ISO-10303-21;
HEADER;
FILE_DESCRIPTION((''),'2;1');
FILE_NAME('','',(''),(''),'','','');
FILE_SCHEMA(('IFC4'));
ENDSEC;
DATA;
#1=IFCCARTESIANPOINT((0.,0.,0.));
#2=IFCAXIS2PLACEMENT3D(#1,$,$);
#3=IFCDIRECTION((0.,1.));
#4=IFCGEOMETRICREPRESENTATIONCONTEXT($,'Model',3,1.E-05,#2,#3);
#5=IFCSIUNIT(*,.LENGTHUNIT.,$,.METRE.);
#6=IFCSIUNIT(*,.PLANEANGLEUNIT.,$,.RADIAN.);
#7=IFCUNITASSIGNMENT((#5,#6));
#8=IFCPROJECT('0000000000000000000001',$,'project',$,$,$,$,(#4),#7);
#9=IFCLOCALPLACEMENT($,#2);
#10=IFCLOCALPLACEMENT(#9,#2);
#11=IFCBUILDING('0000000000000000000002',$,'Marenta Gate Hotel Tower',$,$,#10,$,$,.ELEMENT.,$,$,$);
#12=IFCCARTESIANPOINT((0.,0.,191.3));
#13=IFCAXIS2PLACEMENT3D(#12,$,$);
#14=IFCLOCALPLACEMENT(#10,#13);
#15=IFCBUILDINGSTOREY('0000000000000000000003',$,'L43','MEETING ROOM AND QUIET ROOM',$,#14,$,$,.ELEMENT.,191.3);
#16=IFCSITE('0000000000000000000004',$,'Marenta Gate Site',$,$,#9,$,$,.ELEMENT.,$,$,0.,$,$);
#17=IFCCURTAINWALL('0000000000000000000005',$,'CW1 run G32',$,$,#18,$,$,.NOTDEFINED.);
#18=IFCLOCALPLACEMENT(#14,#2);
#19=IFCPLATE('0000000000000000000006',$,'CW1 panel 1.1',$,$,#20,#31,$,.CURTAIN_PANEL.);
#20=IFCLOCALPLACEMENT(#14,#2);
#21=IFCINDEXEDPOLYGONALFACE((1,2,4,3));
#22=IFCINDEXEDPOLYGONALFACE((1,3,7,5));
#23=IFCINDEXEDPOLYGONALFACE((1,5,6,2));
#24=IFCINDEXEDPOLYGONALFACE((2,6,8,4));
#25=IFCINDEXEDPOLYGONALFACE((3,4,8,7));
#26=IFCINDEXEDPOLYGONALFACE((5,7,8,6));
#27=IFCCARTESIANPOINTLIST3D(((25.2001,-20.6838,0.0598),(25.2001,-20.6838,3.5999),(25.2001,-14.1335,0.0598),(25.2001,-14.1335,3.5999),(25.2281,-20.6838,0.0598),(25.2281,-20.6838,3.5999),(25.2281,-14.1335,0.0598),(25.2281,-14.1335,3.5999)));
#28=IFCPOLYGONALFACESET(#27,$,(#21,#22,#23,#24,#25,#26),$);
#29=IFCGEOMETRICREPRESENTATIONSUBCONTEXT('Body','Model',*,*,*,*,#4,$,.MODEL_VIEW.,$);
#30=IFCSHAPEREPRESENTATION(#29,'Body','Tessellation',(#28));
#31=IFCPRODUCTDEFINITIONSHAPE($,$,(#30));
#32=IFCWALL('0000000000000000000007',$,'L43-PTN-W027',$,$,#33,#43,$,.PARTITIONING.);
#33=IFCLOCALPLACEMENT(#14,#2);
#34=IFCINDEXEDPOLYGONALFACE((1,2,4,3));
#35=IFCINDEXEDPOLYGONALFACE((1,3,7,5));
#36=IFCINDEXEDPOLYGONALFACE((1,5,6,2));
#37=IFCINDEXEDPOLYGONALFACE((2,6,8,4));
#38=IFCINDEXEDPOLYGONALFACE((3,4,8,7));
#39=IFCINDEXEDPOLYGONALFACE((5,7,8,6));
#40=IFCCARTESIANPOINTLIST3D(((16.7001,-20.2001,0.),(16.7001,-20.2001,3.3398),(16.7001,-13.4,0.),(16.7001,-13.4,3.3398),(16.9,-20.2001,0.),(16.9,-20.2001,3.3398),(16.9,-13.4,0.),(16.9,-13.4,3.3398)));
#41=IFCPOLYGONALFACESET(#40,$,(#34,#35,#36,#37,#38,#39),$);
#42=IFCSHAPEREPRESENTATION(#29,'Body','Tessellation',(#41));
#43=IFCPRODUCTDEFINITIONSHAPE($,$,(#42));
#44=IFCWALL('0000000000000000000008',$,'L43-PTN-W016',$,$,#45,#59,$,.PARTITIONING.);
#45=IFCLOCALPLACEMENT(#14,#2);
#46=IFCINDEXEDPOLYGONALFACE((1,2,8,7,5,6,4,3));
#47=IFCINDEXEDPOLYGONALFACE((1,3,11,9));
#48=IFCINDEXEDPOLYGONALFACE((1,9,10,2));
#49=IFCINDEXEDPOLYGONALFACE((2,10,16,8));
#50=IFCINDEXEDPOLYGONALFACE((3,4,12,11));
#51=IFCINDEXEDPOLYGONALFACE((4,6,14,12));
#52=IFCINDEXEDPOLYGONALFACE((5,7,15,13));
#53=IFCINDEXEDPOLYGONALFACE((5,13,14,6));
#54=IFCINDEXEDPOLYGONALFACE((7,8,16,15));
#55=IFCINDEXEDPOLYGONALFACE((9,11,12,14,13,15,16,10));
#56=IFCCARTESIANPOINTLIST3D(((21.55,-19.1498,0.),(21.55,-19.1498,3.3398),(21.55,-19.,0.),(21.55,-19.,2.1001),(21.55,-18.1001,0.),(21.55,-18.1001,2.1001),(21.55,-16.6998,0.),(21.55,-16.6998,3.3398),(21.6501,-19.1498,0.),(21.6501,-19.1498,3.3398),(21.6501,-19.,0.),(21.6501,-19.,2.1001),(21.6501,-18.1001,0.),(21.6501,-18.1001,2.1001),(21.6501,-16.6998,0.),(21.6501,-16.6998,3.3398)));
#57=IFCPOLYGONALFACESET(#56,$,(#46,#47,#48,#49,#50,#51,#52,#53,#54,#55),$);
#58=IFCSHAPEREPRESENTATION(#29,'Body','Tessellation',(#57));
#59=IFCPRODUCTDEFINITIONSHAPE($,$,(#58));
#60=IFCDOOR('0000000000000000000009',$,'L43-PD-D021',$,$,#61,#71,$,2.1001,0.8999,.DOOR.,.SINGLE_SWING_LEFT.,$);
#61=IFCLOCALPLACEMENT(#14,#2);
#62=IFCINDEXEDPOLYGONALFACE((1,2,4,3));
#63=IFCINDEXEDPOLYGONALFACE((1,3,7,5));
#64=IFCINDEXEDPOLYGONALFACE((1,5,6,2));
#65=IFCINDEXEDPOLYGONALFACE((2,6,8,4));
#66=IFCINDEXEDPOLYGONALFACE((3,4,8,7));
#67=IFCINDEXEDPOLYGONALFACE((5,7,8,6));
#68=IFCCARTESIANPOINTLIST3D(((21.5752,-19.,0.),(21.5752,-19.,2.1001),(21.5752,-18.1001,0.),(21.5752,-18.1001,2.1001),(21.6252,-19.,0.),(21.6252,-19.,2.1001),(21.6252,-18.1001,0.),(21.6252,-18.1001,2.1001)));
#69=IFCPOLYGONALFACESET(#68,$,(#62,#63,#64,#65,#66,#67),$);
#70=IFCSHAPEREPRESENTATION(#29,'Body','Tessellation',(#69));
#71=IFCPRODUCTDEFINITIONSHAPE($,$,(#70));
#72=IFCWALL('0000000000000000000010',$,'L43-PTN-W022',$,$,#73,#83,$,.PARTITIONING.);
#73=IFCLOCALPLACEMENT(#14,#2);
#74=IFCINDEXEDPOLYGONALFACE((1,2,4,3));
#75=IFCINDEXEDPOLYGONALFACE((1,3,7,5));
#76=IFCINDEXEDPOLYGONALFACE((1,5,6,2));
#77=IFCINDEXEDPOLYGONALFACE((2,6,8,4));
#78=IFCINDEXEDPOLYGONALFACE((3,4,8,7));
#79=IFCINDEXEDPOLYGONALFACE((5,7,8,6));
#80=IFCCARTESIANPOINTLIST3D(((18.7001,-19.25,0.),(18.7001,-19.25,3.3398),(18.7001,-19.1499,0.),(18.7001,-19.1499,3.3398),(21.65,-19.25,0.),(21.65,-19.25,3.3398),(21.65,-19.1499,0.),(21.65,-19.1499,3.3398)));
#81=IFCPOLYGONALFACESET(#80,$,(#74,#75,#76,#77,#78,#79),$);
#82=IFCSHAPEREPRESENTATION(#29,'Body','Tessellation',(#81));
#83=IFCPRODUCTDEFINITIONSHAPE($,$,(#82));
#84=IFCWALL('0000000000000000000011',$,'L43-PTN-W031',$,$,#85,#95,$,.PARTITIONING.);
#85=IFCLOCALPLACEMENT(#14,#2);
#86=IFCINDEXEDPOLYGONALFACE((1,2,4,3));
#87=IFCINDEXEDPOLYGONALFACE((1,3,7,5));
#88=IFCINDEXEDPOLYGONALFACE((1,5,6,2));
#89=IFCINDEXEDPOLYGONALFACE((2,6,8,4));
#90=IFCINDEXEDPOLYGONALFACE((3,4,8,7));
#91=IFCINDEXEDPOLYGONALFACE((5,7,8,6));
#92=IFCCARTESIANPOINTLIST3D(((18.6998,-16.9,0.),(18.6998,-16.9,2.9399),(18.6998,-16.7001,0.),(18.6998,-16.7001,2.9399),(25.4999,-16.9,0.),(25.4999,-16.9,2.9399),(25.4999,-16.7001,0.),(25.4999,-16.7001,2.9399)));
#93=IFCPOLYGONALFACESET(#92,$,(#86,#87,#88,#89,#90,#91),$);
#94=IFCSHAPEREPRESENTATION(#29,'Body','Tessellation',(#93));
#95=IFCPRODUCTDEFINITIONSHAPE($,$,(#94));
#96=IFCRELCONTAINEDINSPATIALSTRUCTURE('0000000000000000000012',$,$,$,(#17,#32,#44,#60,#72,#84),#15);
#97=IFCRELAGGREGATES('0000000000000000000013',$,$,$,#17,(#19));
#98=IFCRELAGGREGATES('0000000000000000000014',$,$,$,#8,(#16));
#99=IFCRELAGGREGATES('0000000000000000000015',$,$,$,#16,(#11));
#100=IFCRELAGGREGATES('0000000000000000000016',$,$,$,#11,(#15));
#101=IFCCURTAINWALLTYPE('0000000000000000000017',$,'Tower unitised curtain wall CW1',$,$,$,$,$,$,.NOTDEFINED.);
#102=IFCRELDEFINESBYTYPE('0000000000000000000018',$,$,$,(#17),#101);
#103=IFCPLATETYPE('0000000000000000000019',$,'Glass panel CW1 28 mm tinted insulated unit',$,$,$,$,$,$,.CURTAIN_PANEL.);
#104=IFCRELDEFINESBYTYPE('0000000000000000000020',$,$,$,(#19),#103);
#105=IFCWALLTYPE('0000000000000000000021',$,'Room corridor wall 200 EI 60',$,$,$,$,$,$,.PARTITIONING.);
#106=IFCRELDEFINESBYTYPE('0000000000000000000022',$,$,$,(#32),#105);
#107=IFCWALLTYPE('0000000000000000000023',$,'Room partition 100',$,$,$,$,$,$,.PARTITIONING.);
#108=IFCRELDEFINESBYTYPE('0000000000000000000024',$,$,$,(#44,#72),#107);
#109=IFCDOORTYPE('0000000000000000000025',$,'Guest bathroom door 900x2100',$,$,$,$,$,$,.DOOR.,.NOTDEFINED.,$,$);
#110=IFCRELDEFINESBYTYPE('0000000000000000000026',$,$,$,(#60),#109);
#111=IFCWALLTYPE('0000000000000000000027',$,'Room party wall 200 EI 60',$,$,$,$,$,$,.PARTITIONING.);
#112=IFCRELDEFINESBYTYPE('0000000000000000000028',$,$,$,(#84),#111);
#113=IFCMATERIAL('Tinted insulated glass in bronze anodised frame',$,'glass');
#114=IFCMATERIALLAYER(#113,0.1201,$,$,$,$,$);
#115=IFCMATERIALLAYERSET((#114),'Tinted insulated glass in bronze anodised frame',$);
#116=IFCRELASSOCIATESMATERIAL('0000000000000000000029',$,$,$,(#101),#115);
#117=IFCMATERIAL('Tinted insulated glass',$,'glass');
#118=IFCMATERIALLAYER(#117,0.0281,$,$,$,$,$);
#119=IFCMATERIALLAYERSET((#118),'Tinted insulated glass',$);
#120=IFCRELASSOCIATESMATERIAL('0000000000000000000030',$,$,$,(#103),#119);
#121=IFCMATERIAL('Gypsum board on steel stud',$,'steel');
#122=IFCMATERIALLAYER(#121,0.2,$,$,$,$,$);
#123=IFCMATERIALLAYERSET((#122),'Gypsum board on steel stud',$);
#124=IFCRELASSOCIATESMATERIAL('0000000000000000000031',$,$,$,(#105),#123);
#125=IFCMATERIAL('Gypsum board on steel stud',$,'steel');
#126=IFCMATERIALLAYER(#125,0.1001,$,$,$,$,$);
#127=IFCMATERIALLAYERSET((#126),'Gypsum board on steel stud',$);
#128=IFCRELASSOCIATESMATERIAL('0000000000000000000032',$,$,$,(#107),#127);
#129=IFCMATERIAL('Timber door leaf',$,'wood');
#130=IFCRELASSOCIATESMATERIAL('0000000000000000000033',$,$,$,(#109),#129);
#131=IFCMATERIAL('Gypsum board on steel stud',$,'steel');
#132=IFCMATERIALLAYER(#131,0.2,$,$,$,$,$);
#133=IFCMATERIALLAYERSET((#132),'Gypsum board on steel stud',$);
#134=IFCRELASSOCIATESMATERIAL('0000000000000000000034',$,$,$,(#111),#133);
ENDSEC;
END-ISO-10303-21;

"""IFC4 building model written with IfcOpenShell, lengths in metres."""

from ifc_helpers import new_model, si_unit, direction, frame, frame_2d, origin, origin_2d, place, context, subcontext, project, spatial, rectangle, extrude, material, layer, layer_set, type_object, element, fill, aggregate, save


model = new_model("IFC4")

# Units and contexts
model_context = context("Model", 3, precision=1e-05, world=origin(), true_north=direction((0.0, 1.0)))
body_context = subcontext(model_context, "Body", "Model", "MODEL_VIEW")
ifc_project = project(units=[si_unit("LENGTHUNIT", "METRE"), si_unit("PLANEANGLEUNIT", "RADIAN")], contexts=[model_context])

# Site, building, storey
site_placement = place(None, origin())
site = spatial("IfcSite", under=ifc_project, at=site_placement, Name="Marenta Gate Site", CompositionType="ELEMENT", RefElevation=0.0)
building_placement = place(site_placement, origin())
building = spatial("IfcBuilding", under=site, at=building_placement, Name="Marenta Gate Hotel Tower", CompositionType="ELEMENT")
storey_placement = place(building_placement, frame((0.0, 0.0, 191.3)))
storey = spatial("IfcBuildingStorey", under=building, at=storey_placement, Name="L43", Description="MEETING ROOM AND QUIET ROOM", CompositionType="ELEMENT", Elevation=191.3)

# Shared definitions
ifc_material_1 = material(Name="Tinted insulated glass in bronze anodised frame", Category="glass")
ifc_layer_1 = layer(ifc_material_1, 0.1201)
ifc_layer_set_1 = layer_set([ifc_layer_1], Name="Tinted insulated glass in bronze anodised frame")
curtain_wall_type = type_object("IfcCurtainWallType", Name="Tower unitised curtain wall CW1", PredefinedType="NOTDEFINED", material=ifc_layer_set_1)

# Curtain wall
curtain_wall_1_placement = place(storey_placement, origin())
curtain_wall_1 = element("IfcCurtainWall", 1, at=curtain_wall_1_placement, inside=storey, type_object=curtain_wall_type, Name="CW1 run G32", PredefinedType="NOTDEFINED")

# Plate
ifc_material_2 = material(Name="Tinted insulated glass", Category="glass")
ifc_layer_2 = layer(ifc_material_2, 0.0281)
ifc_layer_set_2 = layer_set([ifc_layer_2], Name="Tinted insulated glass")
plate_type = type_object("IfcPlateType", Name="Glass panel CW1 28 mm tinted insulated unit", PredefinedType="CURTAIN_PANEL", material=ifc_layer_set_2)
plate_1_placement = place(storey_placement, frame((25.2141, -17.4087, 0.0598), z_axis=(0.0, 0.0, 1.0), x_axis=(0.0, 1.0, 0.0)))
plate_1 = element("IfcPlate", 2, at=plate_1_placement, type_object=plate_type, Name="CW1 panel 1.1", PredefinedType="CURTAIN_PANEL", context=body_context, shape_type="SweptSolid", body=[
    extrude(rectangle(XDim=6.5503, YDim=0.0281, at=origin_2d()), origin(), (0.0, 0.0, 1.0), 3.54),
])
aggregate(curtain_wall_1, [plate_1])

# Wall
ifc_material_3 = material(Name="Gypsum board on steel stud", Category="steel")
ifc_layer_3 = layer(ifc_material_3, 0.2)
ifc_layer_set_3 = layer_set([ifc_layer_3], Name="Gypsum board on steel stud")
wall_type_1 = type_object("IfcWallType", Name="Room corridor wall 200 EI 60", PredefinedType="PARTITIONING", material=ifc_layer_set_3)
wall_1_placement = place(storey_placement, frame((16.8, -20.2, 0.0), z_axis=(0.0, 0.0, 1.0), x_axis=(0.0, 1.0, 0.0)))
element("IfcWall", 3, at=wall_1_placement, inside=storey, type_object=wall_type_1, Name="L43-PTN-W027", PredefinedType="PARTITIONING", context=body_context, shape_type="SweptSolid", body=[
    extrude(rectangle(XDim=6.8, YDim=0.2, at=frame_2d((3.3999, 0.0))), origin(), (0.0, 0.0, 1.0), 3.3398),
])

# Wall, opening, door
ifc_material_4 = material(Name="Gypsum board on steel stud", Category="steel")
ifc_layer_4 = layer(ifc_material_4, 0.1001)
ifc_layer_set_4 = layer_set([ifc_layer_4], Name="Gypsum board on steel stud")
wall_type_2 = type_object("IfcWallType", Name="Room partition 100", PredefinedType="PARTITIONING", material=ifc_layer_set_4)
wall_2_placement = place(storey_placement, frame((21.6001, -19.1499, 0.0), z_axis=(0.0, 0.0, 1.0), x_axis=(0.0, 1.0, 0.0)))
wall_2 = element("IfcWall", 4, at=wall_2_placement, inside=storey, type_object=wall_type_2, Name="L43-PTN-W016", PredefinedType="PARTITIONING", context=body_context, shape_type="SweptSolid", body=[
    extrude(rectangle(XDim=2.45, YDim=0.1001, at=frame_2d((1.2251, 0.0))), origin(), (0.0, 0.0, 1.0), 3.3398),
])
opening_placement = place(wall_2_placement, frame((0.1499, 0.0, 0.0)))
opening = element("IfcOpeningElement", 5, at=opening_placement, cuts=wall_2, PredefinedType="OPENING", context=body_context, shape_type="SweptSolid", body=[
    extrude(rectangle(XDim=0.8999, YDim=2.1001, at=frame_2d((0.45, 1.05))), frame((0.0, 0.05, 0.0), z_axis=(0.0, -1.0, 0.0), x_axis=(1.0, 0.0, 0.0)), (0.0, 0.0, 1.0), 0.1001),
])
ifc_material_5 = material(Name="Timber door leaf", Category="wood")
door_type = type_object("IfcDoorType", Name="Guest bathroom door 900x2100", OperationType="NOTDEFINED", PredefinedType="DOOR", material=ifc_material_5)
door_placement = place(opening_placement, origin())
door = element("IfcDoor", 6, at=door_placement, inside=storey, type_object=door_type, Name="L43-PD-D021", OperationType="SINGLE_SWING_LEFT", OverallHeight=2.1001, OverallWidth=0.8999, PredefinedType="DOOR", context=body_context, shape_type="SweptSolid", body=[
    extrude(rectangle(XDim=0.8999, YDim=2.1001, at=frame_2d((0.45, 1.05))), frame((0.0, 0.0249, 0.0), z_axis=(0.0, -1.0, 0.0), x_axis=(1.0, 0.0, 0.0)), (0.0, 0.0, 1.0), 0.05),
])
fill(opening, door)

# Walls
wall_3_placement = place(storey_placement, frame((18.7, -19.2, 0.0), z_axis=(0.0, 0.0, 1.0), x_axis=(1.0, 0.0, 0.0)))
element("IfcWall", 7, at=wall_3_placement, inside=storey, type_object=wall_type_2, Name="L43-PTN-W022", PredefinedType="PARTITIONING", context=body_context, shape_type="SweptSolid", body=[
    extrude(rectangle(XDim=2.95, YDim=0.1001, at=frame_2d((1.4751, 0.0))), origin(), (0.0, 0.0, 1.0), 3.3398),
])
ifc_material_6 = material(Name="Gypsum board on steel stud", Category="steel")
ifc_layer_5 = layer(ifc_material_6, 0.2)
ifc_layer_set_5 = layer_set([ifc_layer_5], Name="Gypsum board on steel stud")
wall_type_3 = type_object("IfcWallType", Name="Room party wall 200 EI 60", PredefinedType="PARTITIONING", material=ifc_layer_set_5)
wall_4_placement = place(storey_placement, frame((18.7, -16.8, 0.0), z_axis=(0.0, 0.0, 1.0), x_axis=(1.0, 0.0, 0.0)))
element("IfcWall", 8, at=wall_4_placement, inside=storey, type_object=wall_type_3, Name="L43-PTN-W031", PredefinedType="PARTITIONING", context=body_context, shape_type="SweptSolid", body=[
    extrude(rectangle(XDim=6.8, YDim=0.2, at=frame_2d((3.3999, 0.0))), origin(), (0.0, 0.0, 1.0), 2.9399),
])

save(model, "model.ifc")
